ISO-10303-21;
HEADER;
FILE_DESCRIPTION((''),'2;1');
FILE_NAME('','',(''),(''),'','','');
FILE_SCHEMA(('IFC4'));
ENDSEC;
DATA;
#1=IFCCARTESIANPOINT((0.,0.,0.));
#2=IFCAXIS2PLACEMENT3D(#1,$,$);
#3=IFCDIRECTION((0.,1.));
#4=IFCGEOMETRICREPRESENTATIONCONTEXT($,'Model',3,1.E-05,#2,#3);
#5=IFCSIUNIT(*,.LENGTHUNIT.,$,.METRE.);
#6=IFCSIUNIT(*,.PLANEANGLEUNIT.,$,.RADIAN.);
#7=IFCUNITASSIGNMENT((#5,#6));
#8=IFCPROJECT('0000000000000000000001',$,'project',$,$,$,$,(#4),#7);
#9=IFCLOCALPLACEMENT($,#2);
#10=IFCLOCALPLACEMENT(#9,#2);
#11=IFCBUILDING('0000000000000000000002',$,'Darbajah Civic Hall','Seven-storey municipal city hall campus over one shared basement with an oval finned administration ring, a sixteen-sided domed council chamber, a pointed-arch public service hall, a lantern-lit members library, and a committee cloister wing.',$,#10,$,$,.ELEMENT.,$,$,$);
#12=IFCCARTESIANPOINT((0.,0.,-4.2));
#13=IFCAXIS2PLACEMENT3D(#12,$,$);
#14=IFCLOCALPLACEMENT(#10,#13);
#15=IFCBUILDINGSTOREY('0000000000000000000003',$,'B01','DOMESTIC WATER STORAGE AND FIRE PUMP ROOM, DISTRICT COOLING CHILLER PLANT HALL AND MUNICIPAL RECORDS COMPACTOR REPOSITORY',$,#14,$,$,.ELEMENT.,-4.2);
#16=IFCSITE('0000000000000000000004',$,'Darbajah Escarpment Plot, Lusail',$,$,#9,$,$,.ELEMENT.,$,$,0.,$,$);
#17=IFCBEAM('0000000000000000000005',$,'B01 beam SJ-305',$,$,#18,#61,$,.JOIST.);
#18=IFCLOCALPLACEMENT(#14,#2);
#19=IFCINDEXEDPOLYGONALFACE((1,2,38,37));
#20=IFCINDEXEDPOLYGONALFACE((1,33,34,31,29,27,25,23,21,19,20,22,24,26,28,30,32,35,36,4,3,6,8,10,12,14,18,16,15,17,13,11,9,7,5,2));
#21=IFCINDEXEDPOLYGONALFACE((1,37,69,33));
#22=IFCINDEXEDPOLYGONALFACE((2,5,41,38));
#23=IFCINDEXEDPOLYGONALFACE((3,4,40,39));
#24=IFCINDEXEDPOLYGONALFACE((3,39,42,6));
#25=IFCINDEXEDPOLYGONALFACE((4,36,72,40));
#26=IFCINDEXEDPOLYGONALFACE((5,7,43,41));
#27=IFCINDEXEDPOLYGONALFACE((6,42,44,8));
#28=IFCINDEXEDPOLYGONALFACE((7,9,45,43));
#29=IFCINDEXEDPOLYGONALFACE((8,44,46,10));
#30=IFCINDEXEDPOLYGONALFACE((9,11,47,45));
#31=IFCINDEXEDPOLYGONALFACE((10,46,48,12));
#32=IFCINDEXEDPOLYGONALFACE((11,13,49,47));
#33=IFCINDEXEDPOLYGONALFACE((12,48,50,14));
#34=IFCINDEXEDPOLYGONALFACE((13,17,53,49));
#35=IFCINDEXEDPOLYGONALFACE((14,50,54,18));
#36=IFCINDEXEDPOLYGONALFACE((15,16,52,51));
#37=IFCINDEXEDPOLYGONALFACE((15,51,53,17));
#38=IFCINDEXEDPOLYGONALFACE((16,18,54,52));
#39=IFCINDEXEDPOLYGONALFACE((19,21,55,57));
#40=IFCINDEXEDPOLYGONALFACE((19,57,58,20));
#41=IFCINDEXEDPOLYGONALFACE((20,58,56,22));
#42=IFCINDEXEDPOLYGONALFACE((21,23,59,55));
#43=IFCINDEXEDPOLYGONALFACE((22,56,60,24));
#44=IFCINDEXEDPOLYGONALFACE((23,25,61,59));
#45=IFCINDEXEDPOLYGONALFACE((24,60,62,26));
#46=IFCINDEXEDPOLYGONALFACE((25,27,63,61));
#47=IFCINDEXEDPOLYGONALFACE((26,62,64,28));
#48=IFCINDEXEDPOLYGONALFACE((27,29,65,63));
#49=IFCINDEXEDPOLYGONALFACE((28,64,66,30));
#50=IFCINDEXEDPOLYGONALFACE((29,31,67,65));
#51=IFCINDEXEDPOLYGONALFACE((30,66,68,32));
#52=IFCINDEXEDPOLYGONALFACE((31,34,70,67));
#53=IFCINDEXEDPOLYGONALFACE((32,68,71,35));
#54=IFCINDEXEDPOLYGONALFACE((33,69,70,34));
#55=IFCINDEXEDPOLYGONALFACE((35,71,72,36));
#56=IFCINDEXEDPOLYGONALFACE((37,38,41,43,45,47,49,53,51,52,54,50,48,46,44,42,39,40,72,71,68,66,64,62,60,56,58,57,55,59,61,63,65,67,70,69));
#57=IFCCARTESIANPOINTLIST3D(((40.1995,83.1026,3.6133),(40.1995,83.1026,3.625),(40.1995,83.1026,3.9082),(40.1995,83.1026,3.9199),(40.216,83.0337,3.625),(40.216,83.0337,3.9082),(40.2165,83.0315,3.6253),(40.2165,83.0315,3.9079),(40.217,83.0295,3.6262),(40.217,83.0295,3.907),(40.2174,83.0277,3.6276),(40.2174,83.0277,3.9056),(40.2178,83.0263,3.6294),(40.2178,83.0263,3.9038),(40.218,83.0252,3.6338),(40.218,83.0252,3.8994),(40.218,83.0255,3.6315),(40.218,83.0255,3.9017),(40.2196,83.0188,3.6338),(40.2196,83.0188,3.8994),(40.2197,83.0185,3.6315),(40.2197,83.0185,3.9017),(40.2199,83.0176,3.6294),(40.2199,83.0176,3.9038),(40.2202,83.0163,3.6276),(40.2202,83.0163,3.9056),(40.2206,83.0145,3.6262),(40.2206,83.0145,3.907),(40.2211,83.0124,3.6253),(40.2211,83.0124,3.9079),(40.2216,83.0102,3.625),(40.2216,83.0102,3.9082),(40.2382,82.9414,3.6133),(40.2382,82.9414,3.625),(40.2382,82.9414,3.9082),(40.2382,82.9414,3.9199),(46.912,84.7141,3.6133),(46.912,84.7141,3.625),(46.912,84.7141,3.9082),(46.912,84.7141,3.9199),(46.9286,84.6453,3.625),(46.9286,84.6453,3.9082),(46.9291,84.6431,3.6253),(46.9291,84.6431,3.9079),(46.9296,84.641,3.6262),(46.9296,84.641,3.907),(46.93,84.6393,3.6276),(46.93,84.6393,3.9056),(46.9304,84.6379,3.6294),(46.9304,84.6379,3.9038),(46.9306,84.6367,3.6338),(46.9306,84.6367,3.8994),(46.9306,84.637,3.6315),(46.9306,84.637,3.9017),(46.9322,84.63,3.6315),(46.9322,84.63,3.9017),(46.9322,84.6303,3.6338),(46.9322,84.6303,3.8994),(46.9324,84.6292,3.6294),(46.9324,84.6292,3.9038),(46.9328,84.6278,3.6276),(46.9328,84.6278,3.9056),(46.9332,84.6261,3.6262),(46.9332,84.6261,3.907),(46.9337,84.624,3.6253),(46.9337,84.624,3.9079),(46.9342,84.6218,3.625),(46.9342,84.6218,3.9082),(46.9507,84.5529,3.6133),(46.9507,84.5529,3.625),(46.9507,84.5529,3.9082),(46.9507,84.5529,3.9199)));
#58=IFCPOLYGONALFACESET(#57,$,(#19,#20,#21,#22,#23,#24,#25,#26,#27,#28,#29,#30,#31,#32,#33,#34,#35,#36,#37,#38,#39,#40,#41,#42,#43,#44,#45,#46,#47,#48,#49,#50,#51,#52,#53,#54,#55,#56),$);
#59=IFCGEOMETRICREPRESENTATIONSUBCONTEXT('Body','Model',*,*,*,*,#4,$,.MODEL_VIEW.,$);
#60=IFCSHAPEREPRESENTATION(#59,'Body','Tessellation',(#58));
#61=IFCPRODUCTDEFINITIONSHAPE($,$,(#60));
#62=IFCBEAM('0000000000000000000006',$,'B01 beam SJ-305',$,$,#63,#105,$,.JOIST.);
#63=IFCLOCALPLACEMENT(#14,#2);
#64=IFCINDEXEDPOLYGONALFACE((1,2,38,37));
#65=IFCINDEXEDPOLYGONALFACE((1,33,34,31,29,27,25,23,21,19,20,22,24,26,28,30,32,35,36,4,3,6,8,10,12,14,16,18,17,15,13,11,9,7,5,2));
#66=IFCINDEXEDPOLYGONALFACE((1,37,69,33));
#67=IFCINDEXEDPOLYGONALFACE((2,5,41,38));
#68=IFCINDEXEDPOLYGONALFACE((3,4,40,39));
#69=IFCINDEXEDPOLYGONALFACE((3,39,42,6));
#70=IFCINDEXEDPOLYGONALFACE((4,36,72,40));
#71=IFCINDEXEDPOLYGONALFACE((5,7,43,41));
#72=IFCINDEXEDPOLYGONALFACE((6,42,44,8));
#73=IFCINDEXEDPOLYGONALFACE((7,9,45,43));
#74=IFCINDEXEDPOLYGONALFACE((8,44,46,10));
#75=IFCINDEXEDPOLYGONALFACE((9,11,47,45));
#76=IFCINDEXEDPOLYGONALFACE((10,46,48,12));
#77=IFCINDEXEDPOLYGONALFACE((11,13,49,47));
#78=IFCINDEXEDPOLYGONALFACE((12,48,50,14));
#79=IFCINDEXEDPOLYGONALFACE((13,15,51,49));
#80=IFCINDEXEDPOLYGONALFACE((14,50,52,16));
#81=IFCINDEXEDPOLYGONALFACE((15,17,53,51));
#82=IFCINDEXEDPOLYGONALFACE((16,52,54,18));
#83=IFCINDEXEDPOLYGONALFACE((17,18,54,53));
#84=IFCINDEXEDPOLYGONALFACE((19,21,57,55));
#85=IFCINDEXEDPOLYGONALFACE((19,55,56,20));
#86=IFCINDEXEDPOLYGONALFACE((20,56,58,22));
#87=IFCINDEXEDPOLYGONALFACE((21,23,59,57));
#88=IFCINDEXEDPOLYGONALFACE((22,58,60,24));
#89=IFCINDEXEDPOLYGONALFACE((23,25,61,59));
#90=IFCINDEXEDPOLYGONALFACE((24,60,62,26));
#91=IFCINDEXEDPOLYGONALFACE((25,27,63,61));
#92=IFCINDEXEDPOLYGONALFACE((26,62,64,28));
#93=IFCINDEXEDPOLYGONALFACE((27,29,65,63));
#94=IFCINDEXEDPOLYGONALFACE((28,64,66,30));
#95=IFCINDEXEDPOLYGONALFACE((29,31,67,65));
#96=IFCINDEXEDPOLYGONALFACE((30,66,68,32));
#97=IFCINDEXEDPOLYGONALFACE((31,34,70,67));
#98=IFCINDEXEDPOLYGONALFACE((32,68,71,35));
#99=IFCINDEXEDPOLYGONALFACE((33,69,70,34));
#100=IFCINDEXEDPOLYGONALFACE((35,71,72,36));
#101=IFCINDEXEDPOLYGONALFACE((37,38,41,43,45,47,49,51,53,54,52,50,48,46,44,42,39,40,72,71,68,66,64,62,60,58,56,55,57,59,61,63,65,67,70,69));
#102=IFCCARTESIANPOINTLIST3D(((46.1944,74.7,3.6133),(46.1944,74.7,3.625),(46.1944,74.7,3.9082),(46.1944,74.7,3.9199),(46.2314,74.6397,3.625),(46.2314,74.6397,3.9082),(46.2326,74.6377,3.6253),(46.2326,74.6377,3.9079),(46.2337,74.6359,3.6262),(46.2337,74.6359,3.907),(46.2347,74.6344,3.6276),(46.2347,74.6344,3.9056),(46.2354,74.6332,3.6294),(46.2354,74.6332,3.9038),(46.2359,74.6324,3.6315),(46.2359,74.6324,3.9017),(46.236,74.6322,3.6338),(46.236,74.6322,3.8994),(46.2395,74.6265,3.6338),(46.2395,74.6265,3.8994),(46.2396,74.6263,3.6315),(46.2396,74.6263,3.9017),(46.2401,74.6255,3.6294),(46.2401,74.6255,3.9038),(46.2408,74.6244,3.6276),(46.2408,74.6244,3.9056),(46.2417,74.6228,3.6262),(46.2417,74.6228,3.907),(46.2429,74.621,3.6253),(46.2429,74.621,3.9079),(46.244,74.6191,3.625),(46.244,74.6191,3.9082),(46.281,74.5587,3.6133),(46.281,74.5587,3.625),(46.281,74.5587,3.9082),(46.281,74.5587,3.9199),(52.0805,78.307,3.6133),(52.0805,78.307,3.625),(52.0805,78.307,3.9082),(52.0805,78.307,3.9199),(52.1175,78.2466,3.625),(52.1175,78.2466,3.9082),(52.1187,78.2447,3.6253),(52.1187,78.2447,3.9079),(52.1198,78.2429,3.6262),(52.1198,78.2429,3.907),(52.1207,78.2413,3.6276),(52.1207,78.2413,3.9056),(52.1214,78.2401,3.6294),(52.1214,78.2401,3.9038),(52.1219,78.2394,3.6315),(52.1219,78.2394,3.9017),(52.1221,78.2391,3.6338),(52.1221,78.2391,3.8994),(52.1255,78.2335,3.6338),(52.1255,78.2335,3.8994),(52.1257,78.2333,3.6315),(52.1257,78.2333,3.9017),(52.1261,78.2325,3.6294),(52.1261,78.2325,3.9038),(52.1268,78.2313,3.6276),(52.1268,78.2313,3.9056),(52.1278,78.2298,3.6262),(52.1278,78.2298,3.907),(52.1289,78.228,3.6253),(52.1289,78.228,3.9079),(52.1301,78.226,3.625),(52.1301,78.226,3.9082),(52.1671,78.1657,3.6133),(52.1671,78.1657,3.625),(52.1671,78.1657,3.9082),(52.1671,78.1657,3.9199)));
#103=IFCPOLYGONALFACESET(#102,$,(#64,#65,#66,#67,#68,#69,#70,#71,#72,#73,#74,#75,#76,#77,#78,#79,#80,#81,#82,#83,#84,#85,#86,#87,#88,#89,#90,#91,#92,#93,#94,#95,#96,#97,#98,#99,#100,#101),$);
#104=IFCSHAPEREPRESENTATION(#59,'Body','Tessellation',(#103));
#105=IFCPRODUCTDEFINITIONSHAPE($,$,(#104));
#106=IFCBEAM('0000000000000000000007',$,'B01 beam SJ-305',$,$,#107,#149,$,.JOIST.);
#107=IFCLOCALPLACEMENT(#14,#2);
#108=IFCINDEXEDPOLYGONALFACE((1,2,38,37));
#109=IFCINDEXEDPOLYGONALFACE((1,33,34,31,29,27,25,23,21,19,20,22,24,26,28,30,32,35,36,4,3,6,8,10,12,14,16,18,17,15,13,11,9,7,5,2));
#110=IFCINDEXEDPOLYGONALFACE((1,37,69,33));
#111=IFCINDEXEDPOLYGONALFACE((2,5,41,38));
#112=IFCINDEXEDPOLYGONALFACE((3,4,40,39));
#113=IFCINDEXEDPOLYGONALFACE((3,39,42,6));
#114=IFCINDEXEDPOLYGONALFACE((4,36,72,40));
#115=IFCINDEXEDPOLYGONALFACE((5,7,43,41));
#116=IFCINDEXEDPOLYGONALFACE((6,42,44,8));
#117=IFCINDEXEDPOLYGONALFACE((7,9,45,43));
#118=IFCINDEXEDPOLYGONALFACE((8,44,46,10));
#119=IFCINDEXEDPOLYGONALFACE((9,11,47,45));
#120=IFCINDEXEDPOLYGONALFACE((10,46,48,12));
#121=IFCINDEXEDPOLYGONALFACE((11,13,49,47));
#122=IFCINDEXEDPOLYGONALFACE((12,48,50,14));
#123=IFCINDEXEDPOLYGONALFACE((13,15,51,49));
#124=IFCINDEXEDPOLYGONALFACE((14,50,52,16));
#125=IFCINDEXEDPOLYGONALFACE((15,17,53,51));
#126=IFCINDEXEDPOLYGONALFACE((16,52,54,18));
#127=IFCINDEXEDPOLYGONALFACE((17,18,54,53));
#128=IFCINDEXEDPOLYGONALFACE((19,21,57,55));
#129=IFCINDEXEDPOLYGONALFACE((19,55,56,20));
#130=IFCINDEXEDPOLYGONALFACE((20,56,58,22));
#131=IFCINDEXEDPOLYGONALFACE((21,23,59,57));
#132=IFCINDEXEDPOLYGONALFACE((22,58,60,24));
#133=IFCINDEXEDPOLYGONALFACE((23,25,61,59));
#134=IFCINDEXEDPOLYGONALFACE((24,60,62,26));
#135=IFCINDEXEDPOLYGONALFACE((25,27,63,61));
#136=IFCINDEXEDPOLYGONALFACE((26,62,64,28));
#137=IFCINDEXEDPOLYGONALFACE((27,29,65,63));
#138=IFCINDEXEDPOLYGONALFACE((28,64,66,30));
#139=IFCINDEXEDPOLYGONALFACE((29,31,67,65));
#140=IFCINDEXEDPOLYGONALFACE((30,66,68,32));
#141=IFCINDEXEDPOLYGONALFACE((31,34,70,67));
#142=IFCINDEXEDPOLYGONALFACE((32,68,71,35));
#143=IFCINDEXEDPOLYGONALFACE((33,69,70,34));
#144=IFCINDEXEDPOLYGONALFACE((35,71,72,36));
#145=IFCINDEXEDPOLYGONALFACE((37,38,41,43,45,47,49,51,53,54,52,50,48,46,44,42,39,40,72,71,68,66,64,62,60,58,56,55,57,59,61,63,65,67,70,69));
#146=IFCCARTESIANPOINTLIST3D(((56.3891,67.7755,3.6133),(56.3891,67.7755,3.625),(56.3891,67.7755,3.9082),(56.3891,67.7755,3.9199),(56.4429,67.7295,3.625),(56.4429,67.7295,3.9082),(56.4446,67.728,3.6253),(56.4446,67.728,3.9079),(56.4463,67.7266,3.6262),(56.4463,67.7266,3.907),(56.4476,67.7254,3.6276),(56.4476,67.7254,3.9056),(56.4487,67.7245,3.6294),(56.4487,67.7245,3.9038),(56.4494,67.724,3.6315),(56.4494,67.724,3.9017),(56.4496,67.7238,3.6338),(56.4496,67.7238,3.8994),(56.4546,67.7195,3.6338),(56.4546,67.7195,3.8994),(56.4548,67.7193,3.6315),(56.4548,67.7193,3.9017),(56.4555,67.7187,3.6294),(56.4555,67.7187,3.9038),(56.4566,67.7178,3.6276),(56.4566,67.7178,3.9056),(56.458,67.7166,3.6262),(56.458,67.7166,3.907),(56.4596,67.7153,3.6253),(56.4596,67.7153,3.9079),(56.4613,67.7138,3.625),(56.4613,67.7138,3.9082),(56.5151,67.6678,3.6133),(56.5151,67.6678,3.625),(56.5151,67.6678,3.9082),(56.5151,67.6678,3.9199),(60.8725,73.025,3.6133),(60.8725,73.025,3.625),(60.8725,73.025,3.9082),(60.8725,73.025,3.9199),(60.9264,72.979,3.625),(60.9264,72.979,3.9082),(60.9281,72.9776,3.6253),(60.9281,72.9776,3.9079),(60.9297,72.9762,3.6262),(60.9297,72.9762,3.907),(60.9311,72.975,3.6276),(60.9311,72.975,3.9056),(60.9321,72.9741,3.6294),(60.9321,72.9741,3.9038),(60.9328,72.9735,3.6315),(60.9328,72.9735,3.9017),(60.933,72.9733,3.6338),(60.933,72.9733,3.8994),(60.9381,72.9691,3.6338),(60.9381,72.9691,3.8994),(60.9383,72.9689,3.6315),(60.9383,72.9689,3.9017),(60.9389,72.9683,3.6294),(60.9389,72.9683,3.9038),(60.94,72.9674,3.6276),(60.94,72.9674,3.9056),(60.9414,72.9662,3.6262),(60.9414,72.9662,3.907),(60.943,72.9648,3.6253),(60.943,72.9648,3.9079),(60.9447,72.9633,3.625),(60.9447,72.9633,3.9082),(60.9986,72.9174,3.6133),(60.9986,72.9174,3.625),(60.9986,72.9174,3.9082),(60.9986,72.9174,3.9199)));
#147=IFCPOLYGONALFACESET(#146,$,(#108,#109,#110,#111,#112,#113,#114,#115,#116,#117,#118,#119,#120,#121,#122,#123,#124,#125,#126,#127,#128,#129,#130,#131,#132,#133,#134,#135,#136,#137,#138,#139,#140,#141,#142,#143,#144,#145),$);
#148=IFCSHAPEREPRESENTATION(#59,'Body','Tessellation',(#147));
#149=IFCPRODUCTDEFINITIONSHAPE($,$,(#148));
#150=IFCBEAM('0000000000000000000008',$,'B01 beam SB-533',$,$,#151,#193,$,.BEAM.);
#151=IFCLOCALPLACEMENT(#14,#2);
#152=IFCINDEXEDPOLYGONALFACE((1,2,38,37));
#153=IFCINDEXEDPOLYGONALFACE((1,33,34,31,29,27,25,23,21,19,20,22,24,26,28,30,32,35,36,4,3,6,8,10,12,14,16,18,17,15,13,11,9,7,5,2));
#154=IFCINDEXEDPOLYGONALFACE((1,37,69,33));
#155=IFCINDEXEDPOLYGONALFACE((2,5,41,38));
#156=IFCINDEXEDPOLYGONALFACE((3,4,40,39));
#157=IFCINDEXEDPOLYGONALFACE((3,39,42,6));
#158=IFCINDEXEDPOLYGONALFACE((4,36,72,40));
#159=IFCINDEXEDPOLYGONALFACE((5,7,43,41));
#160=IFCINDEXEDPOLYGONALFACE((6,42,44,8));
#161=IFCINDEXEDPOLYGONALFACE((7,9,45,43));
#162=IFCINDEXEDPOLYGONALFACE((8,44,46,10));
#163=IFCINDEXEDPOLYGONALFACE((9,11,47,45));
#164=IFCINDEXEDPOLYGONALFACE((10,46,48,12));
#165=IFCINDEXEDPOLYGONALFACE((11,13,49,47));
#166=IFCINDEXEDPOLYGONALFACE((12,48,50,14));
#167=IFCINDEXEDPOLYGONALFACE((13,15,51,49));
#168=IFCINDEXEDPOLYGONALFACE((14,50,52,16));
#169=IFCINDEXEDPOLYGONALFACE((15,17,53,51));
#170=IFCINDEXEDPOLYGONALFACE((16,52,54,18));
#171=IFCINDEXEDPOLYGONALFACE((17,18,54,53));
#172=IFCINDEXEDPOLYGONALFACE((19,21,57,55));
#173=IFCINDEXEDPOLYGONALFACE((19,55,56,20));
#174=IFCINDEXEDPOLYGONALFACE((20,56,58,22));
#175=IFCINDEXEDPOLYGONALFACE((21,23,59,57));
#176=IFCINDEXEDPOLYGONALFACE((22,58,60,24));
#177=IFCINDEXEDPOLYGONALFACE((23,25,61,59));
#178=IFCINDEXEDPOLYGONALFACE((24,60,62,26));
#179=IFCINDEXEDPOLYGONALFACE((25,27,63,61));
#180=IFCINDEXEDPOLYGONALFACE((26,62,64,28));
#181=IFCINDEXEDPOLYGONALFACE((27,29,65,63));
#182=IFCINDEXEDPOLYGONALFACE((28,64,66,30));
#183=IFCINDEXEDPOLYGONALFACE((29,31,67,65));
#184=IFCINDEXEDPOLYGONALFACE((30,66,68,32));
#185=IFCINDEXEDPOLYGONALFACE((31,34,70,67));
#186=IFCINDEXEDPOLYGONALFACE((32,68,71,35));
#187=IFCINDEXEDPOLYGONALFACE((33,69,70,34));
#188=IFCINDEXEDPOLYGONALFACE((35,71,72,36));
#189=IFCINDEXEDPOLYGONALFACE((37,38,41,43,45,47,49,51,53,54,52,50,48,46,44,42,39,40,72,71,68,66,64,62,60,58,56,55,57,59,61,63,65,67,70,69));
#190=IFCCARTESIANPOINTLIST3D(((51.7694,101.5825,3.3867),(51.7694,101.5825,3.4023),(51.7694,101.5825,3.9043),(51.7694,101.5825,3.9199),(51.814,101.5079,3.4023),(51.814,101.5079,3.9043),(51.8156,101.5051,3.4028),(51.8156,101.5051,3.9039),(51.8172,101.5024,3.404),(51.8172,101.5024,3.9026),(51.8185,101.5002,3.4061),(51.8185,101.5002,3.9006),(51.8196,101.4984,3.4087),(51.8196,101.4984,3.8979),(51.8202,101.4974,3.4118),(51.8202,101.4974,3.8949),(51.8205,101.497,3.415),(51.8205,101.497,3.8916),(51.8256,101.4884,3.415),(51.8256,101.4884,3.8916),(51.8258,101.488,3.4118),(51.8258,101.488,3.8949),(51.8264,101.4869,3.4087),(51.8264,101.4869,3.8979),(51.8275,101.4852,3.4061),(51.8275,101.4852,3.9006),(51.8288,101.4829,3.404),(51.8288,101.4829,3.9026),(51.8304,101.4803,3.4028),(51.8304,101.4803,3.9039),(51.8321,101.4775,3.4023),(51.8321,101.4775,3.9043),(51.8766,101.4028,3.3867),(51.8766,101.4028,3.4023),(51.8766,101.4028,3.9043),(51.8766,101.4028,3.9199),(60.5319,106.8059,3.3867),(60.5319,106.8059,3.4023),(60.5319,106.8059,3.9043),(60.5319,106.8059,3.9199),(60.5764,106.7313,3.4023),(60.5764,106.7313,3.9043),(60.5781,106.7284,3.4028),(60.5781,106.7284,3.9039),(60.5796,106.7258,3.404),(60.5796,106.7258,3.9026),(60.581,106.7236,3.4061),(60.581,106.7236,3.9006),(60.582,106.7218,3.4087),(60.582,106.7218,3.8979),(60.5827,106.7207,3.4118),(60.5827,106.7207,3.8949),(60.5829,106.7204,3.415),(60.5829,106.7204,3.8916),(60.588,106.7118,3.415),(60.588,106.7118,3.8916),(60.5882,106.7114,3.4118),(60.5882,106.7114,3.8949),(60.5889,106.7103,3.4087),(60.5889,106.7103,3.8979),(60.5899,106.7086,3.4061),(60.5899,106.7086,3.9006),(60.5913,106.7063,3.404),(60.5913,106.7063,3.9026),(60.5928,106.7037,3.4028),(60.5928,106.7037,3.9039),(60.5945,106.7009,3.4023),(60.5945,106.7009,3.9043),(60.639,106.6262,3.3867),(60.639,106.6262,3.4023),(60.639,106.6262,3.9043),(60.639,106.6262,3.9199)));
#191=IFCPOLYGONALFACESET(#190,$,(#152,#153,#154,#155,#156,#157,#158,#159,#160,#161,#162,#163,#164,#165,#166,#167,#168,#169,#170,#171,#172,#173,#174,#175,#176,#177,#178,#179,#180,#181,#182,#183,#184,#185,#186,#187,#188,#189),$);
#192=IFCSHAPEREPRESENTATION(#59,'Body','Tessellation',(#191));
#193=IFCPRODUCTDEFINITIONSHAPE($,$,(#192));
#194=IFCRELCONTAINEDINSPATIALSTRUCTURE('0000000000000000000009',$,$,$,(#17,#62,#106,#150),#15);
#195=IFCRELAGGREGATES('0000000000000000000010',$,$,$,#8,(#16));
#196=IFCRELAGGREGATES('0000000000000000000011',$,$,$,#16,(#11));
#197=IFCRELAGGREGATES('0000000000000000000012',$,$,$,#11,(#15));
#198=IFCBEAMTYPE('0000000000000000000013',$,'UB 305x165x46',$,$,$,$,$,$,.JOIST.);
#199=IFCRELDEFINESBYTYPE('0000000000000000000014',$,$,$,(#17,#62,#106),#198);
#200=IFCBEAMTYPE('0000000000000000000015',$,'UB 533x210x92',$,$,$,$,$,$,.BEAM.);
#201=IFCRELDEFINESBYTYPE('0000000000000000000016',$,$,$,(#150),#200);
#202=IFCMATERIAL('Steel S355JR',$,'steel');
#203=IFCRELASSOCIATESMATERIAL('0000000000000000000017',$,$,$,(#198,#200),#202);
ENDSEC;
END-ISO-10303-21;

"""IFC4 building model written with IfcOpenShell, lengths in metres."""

from ifc_helpers import new_model, si_unit, direction, frame, origin, origin_2d, place, context, subcontext, project, spatial, i_section, extrude, material, material_profile, profile_set, type_object, element, save


model = new_model("IFC4")

# Units and contexts
model_context = context("Model", 3, precision=1e-05, world=origin(), true_north=direction((0.0, 1.0)))
body_context = subcontext(model_context, "Body", "Model", "MODEL_VIEW")
ifc_project = project(units=[si_unit("LENGTHUNIT", "METRE"), si_unit("PLANEANGLEUNIT", "RADIAN")], contexts=[model_context])

# Site, building, storey
site_placement = place(None, origin())
site = spatial("IfcSite", under=ifc_project, at=site_placement, Name="Darbajah Escarpment Plot, Lusail", CompositionType="ELEMENT", RefElevation=0.0)
building_placement = place(site_placement, origin())
building = spatial("IfcBuilding", under=site, at=building_placement, Name="Darbajah Civic Hall", Description="Seven-storey municipal city hall campus over one shared basement with an oval finned administration ring, a sixteen-sided domed council chamber, a pointed-arch public service hall, a lantern-lit members library, and a committee cloister wing.", CompositionType="ELEMENT")
storey_placement = place(building_placement, frame((0.0, 0.0, -4.2)))
storey = spatial("IfcBuildingStorey", under=building, at=storey_placement, Name="B01", Description="DOMESTIC WATER STORAGE AND FIRE PUMP ROOM, DISTRICT COOLING CHILLER PLANT HALL AND MUNICIPAL RECORDS COMPACTOR REPOSITORY", CompositionType="ELEMENT", Elevation=-4.2)

# Beams
ifc_material_1 = material(Name="Steel S355JR", Category="steel")
ifc_material_profile_1 = material_profile(ifc_material_1, i_section(OverallWidth=0.1658, OverallDepth=0.3066, WebThickness=0.0066, FlangeThickness=0.0117, FilletRadius=0.0088, at=origin_2d()), Name="UB 305x165x46")
ifc_profile_set_1 = profile_set([ifc_material_profile_1], Name="Steel S355JR")
beam_type_1 = type_object("IfcBeamType", Name="UB 305x165x46", PredefinedType="JOIST", material=ifc_profile_set_1)
for number, where, z_axis, x_axis, name in (
    (1, (46.9314, 84.6335, 3.7666), (-0.97237, -0.233447, 0.0), (0.233447, -0.97237, 0.0), "B01 beam SJ-305"),
    (2, (52.1238, 78.2363, 3.7666), (-0.85264, -0.522498, 0.0), (0.522498, -0.85264, 0.0), "B01 beam SJ-305"),
):
    element("IfcBeam", number, at=place(storey_placement, frame(where, z_axis=z_axis, x_axis=x_axis)), inside=storey, type_object=beam_type_1, Name=name, PredefinedType="JOIST", context=body_context, shape_type="SweptSolid", body=[
        extrude(i_section(OverallWidth=0.1658, OverallDepth=0.3066, WebThickness=0.0066, FlangeThickness=0.0117, FilletRadius=0.0088, at=origin_2d()), origin(), (0.0, 0.0, 1.0), 6.9033),
    ])
beam_1_placement = place(storey_placement, frame((60.9355, 72.9712, 3.7666), z_axis=(-0.649439, -0.760414, 0.0), x_axis=(0.760414, -0.649439, 0.0)))
element("IfcBeam", 3, at=beam_1_placement, inside=storey, type_object=beam_type_1, Name="B01 beam SJ-305", PredefinedType="JOIST", context=body_context, shape_type="SweptSolid", body=[
    extrude(i_section(OverallWidth=0.1658, OverallDepth=0.3066, WebThickness=0.0066, FlangeThickness=0.0117, FilletRadius=0.0088, at=origin_2d()), origin(), (0.0, 0.0, 1.0), 6.9036),
])
ifc_material_profile_2 = material_profile(ifc_material_1, i_section(OverallWidth=0.2092, OverallDepth=0.5332, WebThickness=0.01, FlangeThickness=0.0156, FilletRadius=0.0127, at=origin_2d()), Name="UB 533x210x92")
ifc_profile_set_2 = profile_set([ifc_material_profile_2], Name="Steel S355JR")
beam_type_2 = type_object("IfcBeamType", Name="UB 533x210x92", PredefinedType="BEAM", material=ifc_profile_set_2)
beam_2_placement = place(storey_placement, frame((60.5854, 106.7161, 3.6533), z_axis=(-0.858963, -0.512037, 0.0), x_axis=(0.512037, -0.858963, 0.0)))
element("IfcBeam", 4, at=beam_2_placement, inside=storey, type_object=beam_type_2, Name="B01 beam SB-533", PredefinedType="BEAM", context=body_context, shape_type="SweptSolid", body=[
    extrude(i_section(OverallWidth=0.2092, OverallDepth=0.5332, WebThickness=0.01, FlangeThickness=0.0156, FilletRadius=0.0127, at=origin_2d()), origin(), (0.0, 0.0, 1.0), 10.2012),
])

save(model, "model.ifc")
